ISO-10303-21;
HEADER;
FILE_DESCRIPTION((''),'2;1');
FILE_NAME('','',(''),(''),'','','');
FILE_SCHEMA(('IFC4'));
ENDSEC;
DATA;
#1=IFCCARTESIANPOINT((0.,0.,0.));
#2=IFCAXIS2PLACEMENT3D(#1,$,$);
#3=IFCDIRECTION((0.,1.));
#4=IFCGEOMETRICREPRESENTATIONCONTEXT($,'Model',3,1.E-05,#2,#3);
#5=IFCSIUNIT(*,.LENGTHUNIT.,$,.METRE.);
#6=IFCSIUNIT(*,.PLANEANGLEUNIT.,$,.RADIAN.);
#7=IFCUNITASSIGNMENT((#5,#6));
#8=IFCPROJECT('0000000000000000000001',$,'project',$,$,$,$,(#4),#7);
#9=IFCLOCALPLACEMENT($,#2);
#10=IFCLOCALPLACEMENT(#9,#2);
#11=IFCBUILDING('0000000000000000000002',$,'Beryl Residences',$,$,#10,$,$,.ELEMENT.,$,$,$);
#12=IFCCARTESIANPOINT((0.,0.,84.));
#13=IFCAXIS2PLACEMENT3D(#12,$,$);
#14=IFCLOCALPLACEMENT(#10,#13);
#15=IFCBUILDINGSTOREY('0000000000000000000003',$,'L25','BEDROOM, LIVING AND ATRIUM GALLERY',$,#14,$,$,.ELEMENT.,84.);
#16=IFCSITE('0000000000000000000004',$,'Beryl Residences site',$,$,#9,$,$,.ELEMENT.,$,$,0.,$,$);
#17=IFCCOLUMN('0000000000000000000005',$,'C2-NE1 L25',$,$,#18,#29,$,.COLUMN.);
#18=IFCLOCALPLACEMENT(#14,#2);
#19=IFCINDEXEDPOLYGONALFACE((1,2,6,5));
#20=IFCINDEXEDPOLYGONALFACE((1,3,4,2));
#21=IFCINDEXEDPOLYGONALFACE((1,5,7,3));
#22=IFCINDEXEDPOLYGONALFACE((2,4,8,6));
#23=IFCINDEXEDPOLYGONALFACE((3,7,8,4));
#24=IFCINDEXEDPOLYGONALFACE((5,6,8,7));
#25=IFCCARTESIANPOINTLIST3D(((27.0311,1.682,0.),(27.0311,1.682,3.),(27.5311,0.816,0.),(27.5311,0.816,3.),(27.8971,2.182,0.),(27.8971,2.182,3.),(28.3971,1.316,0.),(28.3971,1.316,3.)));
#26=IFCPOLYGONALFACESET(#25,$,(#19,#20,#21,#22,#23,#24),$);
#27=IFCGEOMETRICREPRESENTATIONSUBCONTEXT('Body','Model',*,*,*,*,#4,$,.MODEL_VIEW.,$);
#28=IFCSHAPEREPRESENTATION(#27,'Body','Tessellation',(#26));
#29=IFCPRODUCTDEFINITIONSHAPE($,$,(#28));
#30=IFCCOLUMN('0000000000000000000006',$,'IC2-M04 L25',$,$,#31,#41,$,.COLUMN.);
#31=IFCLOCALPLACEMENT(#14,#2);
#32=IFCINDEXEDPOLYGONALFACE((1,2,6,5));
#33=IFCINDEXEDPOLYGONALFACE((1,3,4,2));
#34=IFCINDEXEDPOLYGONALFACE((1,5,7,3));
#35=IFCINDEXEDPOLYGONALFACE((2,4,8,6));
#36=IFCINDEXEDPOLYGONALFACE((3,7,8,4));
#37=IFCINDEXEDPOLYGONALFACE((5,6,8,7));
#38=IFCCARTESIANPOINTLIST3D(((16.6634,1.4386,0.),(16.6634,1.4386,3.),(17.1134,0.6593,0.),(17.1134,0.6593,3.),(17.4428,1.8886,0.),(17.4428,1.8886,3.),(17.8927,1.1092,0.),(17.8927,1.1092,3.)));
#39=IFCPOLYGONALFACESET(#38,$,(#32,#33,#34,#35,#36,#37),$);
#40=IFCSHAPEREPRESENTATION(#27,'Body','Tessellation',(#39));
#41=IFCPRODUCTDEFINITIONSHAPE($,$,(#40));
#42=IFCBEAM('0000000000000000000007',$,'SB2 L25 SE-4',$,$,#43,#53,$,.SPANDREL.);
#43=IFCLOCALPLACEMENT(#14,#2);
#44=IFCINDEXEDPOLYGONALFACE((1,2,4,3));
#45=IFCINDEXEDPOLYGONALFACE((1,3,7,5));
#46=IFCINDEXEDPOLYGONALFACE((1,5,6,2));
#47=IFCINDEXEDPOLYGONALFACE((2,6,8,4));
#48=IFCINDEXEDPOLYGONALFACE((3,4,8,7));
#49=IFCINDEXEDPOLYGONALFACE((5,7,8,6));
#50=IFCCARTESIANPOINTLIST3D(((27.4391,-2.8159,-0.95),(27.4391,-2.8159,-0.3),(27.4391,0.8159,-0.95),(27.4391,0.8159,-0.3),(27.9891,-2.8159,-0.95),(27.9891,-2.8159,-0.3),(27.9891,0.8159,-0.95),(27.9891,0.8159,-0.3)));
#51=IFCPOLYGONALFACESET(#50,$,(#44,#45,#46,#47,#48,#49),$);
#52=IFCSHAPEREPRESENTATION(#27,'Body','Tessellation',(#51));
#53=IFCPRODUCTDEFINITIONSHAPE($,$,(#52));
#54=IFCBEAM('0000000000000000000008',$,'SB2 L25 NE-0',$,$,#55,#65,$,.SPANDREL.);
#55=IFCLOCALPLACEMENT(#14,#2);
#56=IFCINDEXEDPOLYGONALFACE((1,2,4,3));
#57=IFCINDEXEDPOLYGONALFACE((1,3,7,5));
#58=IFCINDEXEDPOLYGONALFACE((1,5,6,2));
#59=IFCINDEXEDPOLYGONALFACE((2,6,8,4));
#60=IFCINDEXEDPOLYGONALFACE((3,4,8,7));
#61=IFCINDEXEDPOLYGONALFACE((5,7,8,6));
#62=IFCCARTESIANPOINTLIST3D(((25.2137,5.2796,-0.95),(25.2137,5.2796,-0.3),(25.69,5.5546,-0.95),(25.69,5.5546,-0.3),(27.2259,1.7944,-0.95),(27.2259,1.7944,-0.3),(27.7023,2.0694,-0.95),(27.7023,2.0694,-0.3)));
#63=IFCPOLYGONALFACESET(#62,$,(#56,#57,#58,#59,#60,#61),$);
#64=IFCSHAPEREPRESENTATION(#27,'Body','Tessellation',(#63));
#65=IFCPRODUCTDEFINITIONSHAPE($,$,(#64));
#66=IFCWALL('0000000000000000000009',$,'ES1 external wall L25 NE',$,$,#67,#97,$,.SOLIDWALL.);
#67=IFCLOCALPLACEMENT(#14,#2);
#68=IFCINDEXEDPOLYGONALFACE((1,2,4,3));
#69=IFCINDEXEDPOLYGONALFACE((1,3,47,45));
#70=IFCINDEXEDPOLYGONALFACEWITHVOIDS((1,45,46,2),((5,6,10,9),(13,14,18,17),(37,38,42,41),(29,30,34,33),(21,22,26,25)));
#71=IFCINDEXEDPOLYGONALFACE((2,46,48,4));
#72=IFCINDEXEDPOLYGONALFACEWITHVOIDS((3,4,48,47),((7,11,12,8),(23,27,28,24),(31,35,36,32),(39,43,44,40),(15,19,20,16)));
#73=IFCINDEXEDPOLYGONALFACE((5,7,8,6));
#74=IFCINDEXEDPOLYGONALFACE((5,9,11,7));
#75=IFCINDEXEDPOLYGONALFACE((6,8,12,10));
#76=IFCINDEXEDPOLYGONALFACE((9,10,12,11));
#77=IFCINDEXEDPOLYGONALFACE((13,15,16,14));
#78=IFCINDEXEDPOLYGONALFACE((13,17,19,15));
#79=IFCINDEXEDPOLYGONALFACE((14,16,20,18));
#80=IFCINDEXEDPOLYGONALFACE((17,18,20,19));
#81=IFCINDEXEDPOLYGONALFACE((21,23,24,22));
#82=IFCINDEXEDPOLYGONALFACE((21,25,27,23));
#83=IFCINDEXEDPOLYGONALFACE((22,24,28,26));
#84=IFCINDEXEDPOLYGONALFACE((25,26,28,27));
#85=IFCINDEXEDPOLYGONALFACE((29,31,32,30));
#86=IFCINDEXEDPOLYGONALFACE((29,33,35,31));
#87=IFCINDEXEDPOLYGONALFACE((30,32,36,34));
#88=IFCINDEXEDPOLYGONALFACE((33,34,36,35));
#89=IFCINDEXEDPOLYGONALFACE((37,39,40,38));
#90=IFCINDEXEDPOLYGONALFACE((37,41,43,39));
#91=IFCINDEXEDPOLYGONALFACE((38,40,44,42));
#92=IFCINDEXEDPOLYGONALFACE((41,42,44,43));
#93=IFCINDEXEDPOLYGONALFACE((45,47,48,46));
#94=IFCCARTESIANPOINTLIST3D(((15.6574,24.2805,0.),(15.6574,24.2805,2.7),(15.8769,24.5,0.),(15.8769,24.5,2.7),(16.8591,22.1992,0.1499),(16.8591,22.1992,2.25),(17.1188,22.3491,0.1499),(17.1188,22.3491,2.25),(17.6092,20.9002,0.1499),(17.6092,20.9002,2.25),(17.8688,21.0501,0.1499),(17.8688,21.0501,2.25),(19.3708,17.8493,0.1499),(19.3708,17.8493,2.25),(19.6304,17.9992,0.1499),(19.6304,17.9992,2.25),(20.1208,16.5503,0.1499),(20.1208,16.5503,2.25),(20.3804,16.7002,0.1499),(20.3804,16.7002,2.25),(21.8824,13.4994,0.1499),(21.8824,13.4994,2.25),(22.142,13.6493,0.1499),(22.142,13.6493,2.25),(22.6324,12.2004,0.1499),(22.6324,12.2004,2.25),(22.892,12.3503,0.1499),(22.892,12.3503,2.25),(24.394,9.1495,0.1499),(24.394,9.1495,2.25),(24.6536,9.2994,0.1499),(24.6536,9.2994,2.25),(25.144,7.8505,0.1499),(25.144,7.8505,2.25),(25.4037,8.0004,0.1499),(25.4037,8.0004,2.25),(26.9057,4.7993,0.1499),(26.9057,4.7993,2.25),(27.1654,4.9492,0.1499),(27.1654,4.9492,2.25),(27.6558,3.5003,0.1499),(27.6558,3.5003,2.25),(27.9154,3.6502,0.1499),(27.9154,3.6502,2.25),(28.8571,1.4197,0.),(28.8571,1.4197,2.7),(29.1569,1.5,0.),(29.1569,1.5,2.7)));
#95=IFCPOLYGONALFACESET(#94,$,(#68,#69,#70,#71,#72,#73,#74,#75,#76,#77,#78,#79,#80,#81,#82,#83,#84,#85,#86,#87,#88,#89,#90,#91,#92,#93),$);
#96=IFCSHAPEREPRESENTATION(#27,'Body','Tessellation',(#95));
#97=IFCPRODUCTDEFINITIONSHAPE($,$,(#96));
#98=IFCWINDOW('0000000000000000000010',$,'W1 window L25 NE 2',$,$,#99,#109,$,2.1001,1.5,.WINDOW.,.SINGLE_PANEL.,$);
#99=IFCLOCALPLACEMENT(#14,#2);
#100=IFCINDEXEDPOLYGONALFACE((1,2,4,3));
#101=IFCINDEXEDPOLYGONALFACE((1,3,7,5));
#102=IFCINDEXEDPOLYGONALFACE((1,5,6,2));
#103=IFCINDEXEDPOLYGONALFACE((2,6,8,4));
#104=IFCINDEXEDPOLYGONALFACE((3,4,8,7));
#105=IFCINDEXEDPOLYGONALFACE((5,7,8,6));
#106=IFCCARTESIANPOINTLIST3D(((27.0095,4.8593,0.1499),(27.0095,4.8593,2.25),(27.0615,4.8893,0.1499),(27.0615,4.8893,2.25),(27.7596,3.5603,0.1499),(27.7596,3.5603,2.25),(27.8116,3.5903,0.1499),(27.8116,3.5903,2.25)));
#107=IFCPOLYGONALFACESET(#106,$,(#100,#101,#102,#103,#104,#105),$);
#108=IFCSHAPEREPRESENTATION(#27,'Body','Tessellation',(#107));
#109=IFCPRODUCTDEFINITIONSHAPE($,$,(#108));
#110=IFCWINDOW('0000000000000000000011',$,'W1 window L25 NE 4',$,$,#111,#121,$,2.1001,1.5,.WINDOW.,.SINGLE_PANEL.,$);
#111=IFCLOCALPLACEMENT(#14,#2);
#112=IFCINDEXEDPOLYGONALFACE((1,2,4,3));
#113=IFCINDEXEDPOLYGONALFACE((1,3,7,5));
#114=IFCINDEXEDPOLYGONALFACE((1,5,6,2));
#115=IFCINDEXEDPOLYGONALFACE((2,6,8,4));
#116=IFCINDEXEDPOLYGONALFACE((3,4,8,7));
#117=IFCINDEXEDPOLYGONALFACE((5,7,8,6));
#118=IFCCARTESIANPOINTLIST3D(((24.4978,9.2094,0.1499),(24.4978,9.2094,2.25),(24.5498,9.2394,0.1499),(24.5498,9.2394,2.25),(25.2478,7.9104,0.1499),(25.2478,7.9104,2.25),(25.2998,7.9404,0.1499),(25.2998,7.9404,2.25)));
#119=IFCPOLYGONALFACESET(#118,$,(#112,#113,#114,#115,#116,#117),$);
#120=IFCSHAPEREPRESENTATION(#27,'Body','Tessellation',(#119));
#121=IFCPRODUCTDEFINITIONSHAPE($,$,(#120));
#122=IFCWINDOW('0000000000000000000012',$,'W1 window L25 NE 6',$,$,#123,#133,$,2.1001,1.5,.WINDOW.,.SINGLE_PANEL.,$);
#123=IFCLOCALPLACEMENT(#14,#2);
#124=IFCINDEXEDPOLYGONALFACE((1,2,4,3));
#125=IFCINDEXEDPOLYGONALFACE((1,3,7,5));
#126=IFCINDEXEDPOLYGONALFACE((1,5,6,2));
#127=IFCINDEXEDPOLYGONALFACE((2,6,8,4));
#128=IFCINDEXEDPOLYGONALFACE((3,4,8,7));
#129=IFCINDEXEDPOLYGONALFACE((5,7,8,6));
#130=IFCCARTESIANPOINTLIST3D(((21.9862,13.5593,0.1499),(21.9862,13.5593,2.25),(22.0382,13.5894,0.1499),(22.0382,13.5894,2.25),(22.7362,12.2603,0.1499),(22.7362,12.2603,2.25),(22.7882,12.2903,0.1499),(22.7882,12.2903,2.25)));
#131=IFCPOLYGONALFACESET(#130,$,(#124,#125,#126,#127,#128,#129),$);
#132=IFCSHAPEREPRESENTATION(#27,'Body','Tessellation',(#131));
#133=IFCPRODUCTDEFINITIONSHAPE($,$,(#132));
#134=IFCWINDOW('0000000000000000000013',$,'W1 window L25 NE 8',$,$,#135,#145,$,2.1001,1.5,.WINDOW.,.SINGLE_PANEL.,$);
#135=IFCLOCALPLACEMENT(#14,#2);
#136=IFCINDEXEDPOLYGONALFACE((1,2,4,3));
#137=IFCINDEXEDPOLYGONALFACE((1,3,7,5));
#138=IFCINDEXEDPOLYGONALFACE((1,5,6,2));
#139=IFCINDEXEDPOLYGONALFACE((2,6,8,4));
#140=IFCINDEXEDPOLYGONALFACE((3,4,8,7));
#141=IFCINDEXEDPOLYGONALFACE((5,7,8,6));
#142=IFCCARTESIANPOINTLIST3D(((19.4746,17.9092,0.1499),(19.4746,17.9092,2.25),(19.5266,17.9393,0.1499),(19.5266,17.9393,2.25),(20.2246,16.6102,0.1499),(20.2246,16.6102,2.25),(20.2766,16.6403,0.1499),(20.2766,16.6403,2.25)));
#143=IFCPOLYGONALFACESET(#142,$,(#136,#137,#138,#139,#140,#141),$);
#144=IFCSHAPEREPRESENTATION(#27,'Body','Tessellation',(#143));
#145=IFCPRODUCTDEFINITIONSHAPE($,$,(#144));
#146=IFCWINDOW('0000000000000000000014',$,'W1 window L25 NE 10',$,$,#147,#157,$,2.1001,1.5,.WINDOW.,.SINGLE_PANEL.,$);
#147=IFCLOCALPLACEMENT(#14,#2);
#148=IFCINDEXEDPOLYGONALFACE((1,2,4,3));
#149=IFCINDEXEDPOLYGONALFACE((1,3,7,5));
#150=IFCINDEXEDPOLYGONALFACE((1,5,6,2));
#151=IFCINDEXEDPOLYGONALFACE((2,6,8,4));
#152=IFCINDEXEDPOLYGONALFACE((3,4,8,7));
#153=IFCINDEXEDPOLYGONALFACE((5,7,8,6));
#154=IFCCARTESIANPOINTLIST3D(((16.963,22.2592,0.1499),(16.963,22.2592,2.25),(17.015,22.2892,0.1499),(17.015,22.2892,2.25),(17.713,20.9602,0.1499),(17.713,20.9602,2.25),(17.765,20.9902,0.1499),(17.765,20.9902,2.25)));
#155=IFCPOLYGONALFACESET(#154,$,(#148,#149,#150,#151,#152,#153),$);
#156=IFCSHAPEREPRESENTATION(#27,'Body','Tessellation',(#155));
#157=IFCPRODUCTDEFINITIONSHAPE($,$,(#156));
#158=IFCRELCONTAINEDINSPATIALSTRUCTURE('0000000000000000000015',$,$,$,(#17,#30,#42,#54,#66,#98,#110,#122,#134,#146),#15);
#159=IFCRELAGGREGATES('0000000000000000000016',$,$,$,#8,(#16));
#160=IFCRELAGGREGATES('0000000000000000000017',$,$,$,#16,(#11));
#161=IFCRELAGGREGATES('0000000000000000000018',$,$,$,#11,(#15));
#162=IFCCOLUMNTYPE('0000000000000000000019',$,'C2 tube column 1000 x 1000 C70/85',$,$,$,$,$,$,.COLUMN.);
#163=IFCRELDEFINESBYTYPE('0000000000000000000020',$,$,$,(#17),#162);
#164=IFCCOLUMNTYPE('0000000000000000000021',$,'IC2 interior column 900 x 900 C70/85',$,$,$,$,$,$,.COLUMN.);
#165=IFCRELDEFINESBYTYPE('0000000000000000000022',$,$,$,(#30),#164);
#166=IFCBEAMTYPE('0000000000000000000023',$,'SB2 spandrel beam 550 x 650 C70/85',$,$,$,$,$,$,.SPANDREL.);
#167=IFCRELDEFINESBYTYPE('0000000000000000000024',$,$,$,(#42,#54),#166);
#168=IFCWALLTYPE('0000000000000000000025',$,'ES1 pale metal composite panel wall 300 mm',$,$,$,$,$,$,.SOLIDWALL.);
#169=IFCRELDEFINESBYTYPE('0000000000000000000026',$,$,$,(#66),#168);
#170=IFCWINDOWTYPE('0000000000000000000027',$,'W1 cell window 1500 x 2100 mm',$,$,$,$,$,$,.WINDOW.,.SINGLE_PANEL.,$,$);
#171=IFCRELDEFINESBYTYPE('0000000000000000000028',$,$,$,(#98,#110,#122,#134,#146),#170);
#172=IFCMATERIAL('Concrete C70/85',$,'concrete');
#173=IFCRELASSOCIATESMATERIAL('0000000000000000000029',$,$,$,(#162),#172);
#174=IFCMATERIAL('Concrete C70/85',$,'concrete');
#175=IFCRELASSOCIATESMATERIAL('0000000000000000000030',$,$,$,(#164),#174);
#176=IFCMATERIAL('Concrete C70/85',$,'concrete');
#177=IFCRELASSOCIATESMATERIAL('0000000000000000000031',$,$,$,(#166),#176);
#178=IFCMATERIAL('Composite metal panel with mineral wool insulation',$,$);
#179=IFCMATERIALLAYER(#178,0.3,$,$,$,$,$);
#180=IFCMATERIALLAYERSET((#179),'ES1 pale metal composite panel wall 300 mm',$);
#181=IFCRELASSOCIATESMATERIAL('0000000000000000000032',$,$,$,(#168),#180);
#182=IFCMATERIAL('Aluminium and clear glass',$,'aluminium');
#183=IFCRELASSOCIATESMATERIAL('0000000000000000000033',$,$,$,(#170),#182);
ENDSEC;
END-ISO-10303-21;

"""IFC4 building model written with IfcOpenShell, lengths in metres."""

from ifc_helpers import new_model, si_unit, direction, frame, frame_2d, origin, origin_2d, place, context, subcontext, project, spatial, polyline, rectangle, outline, extrude, material, layer, layer_set, material_profile, profile_set, type_object, element, fill, save


model = new_model("IFC4")

# Units and contexts
model_context = context("Model", 3, precision=1e-05, world=origin(), true_north=direction((0.0, 1.0)))
body_context = subcontext(model_context, "Body", "Model", "MODEL_VIEW")
ifc_project = project(units=[si_unit("LENGTHUNIT", "METRE"), si_unit("PLANEANGLEUNIT", "RADIAN")], contexts=[model_context])

# Site, building, storey
site_placement = place(None, origin())
site = spatial("IfcSite", under=ifc_project, at=site_placement, Name="Beryl Residences site", CompositionType="ELEMENT", RefElevation=0.0)
building_placement = place(site_placement, origin())
building = spatial("IfcBuilding", under=site, at=building_placement, Name="Beryl Residences", CompositionType="ELEMENT")
storey_placement = place(building_placement, frame((0.0, 0.0, 84.0)))
storey = spatial("IfcBuildingStorey", under=building, at=storey_placement, Name="L25", Description="BEDROOM, LIVING AND ATRIUM GALLERY", CompositionType="ELEMENT", Elevation=84.0)

# Columns
ifc_material_1 = material(Name="Concrete C70/85", Category="concrete")
ifc_material_profile_1 = material_profile(ifc_material_1, rectangle(XDim=1.0, YDim=1.0, at=origin_2d()))
ifc_profile_set_1 = profile_set([ifc_material_profile_1], Name="Concrete C70/85")
column_type_1 = type_object("IfcColumnType", Name="C2 tube column 1000 x 1000 C70/85", PredefinedType="COLUMN", material=ifc_profile_set_1)
column_1_placement = place(storey_placement, frame((27.7141, 1.499, 0.0), z_axis=(0.0, 0.0, 1.0), x_axis=(-0.5, 0.866025, 0.0)))
element("IfcColumn", 1, at=column_1_placement, inside=storey, type_object=column_type_1, Name="C2-NE1 L25", PredefinedType="COLUMN", context=body_context, shape_type="SweptSolid", body=[
    extrude(rectangle(XDim=1.0, YDim=1.0, at=origin_2d()), origin(), (0.0, 0.0, 1.0), 3.0),
])
ifc_material_2 = material(Name="Concrete C70/85", Category="concrete")
ifc_material_profile_2 = material_profile(ifc_material_2, rectangle(XDim=0.8999, YDim=0.8999, at=origin_2d()))
ifc_profile_set_2 = profile_set([ifc_material_profile_2], Name="Concrete C70/85")
column_type_2 = type_object("IfcColumnType", Name="IC2 interior column 900 x 900 C70/85", PredefinedType="COLUMN", material=ifc_profile_set_2)
column_2_placement = place(storey_placement, frame((17.2781, 1.2739, 0.0), z_axis=(0.0, 0.0, 1.0), x_axis=(-0.5, 0.866025, 0.0)))
element("IfcColumn", 2, at=column_2_placement, inside=storey, type_object=column_type_2, Name="IC2-M04 L25", PredefinedType="COLUMN", context=body_context, shape_type="SweptSolid", body=[
    extrude(rectangle(XDim=0.8999, YDim=0.8999, at=origin_2d()), origin(), (0.0, 0.0, 1.0), 3.0),
])

# Beams
ifc_material_3 = material(Name="Concrete C70/85", Category="concrete")
ifc_material_profile_3 = material_profile(ifc_material_3, rectangle(XDim=0.55, YDim=0.6499, at=origin_2d()))
ifc_profile_set_3 = profile_set([ifc_material_profile_3], Name="Concrete C70/85")
beam_type = type_object("IfcBeamType", Name="SB2 spandrel beam 550 x 650 C70/85", PredefinedType="SPANDREL", material=ifc_profile_set_3)
beam_1_placement = place(storey_placement, frame((27.7141, -2.8159, -0.625), z_axis=(0.0, 1.0, 0.0), x_axis=(-1.0, 0.0, 0.0)))
element("IfcBeam", 3, at=beam_1_placement, inside=storey, type_object=beam_type, Name="SB2 L25 SE-4", PredefinedType="SPANDREL", context=body_context, shape_type="SweptSolid", body=[
    extrude(rectangle(XDim=0.55, YDim=0.6499, at=origin_2d()), origin(), (0.0, 0.0, 1.0), 3.6318),
])
beam_2_placement = place(storey_placement, frame((27.4641, 1.9319, -0.625), z_axis=(-0.500015, 0.866017, 0.0), x_axis=(-0.866017, -0.500015, 0.0)))
element("IfcBeam", 4, at=beam_2_placement, inside=storey, type_object=beam_type, Name="SB2 L25 NE-0", PredefinedType="SPANDREL", context=body_context, shape_type="SweptSolid", body=[
    extrude(rectangle(XDim=0.55, YDim=0.6499, at=origin_2d()), origin(), (0.0, 0.0, 1.0), 4.0244),
])

# Wall, openings, windows
ifc_material_4 = material(Name="Composite metal panel with mineral wool insulation")
ifc_layer_1 = layer(ifc_material_4, 0.3)
ifc_layer_set_1 = layer_set([ifc_layer_1], Name="ES1 pale metal composite panel wall 300 mm")
wall_type_1 = type_object("IfcWallType", Name="ES1 pale metal composite panel wall 300 mm", PredefinedType="SOLIDWALL", material=ifc_layer_set_1)
wall_1_placement = place(storey_placement, frame((29.0271, 1.425, 0.0), z_axis=(0.0, 0.0, 1.0), x_axis=(-0.500027, 0.86601, 0.0)))
wall_1 = element("IfcWall", 5, at=wall_1_placement, inside=storey, type_object=wall_type_1, Name="ES1 external wall L25 NE", PredefinedType="SOLIDWALL", context=body_context, shape_type="SweptSolid", body=[
    extrude(outline(polyline([(0.0, -0.1499), (26.5586, -0.1499), (26.4783, 0.1499), (0.0803, 0.1499), (0.0, -0.1499)])), origin(), (0.0, 0.0, 1.0), 2.7),
])
opening_1_placement = place(wall_1_placement, frame((2.4829, 0.0, 0.1499)))
opening_1 = element("IfcOpeningElement", 6, at=opening_1_placement, cuts=wall_1, PredefinedType="OPENING", context=body_context, shape_type="SweptSolid", body=[
    extrude(rectangle(XDim=1.5, YDim=2.1001, at=frame_2d((0.75, 1.05))), frame((0.0, 0.1599, 0.0), z_axis=(0.0, -1.0, 0.0), x_axis=(1.0, 0.0, 0.0)), (0.0, 0.0, 1.0), 0.3201),
])
opening_2_placement = place(wall_1_placement, frame((7.5061, 0.0, 0.1499)))
opening_2 = element("IfcOpeningElement", 7, at=opening_2_placement, cuts=wall_1, PredefinedType="OPENING", context=body_context, shape_type="SweptSolid", body=[
    extrude(rectangle(XDim=1.5, YDim=2.1001, at=frame_2d((0.75, 1.05))), frame((0.0, 0.1599, 0.0), z_axis=(0.0, -1.0, 0.0), x_axis=(1.0, 0.0, 0.0)), (0.0, 0.0, 1.0), 0.3201),
])
opening_3_placement = place(wall_1_placement, frame((12.5291, 0.0, 0.1499)))
opening_3 = element("IfcOpeningElement", 8, at=opening_3_placement, cuts=wall_1, PredefinedType="OPENING", context=body_context, shape_type="SweptSolid", body=[
    extrude(rectangle(XDim=1.5, YDim=2.1001, at=frame_2d((0.75, 1.05))), frame((0.0, 0.1599, 0.0), z_axis=(0.0, -1.0, 0.0), x_axis=(1.0, 0.0, 0.0)), (0.0, 0.0, 1.0), 0.3201),
])
opening_4_placement = place(wall_1_placement, frame((17.552, 0.0, 0.1499)))
opening_4 = element("IfcOpeningElement", 9, at=opening_4_placement, cuts=wall_1, PredefinedType="OPENING", context=body_context, shape_type="SweptSolid", body=[
    extrude(rectangle(XDim=1.5, YDim=2.1001, at=frame_2d((0.75, 1.05))), frame((0.0, 0.1599, 0.0), z_axis=(0.0, -1.0, 0.0), x_axis=(1.0, 0.0, 0.0)), (0.0, 0.0, 1.0), 0.3201),
])
opening_5_placement = place(wall_1_placement, frame((22.575, 0.0, 0.1499)))
opening_5 = element("IfcOpeningElement", 10, at=opening_5_placement, cuts=wall_1, PredefinedType="OPENING", context=body_context, shape_type="SweptSolid", body=[
    extrude(rectangle(XDim=1.5, YDim=2.1001, at=frame_2d((0.75, 1.05))), frame((0.0, 0.1599, 0.0), z_axis=(0.0, -1.0, 0.0), x_axis=(1.0, 0.0, 0.0)), (0.0, 0.0, 1.0), 0.3201),
])
ifc_material_5 = material(Name="Aluminium and clear glass", Category="aluminium")
window_type = type_object("IfcWindowType", Name="W1 cell window 1500 x 2100 mm", PartitioningType="SINGLE_PANEL", PredefinedType="WINDOW", material=ifc_material_5)
window_1_placement = place(opening_1_placement, origin())
window_1 = element("IfcWindow", 11, at=window_1_placement, inside=storey, type_object=window_type, Name="W1 window L25 NE 2", OverallHeight=2.1001, OverallWidth=1.5, PartitioningType="SINGLE_PANEL", PredefinedType="WINDOW", context=body_context, shape_type="SweptSolid", body=[
    extrude(rectangle(XDim=1.5, YDim=2.1001, at=frame_2d((0.75, 1.05))), frame((0.0, 0.03, 0.0), z_axis=(0.0, -1.0, 0.0), x_axis=(1.0, 0.0, 0.0)), (0.0, 0.0, 1.0), 0.0601),
])
fill(opening_1, window_1)
window_2_placement = place(opening_2_placement, origin())
window_2 = element("IfcWindow", 12, at=window_2_placement, inside=storey, type_object=window_type, Name="W1 window L25 NE 4", OverallHeight=2.1001, OverallWidth=1.5, PartitioningType="SINGLE_PANEL", PredefinedType="WINDOW", context=body_context, shape_type="SweptSolid", body=[
    extrude(rectangle(XDim=1.5, YDim=2.1001, at=frame_2d((0.75, 1.05))), frame((0.0, 0.03, 0.0), z_axis=(0.0, -1.0, 0.0), x_axis=(1.0, 0.0, 0.0)), (0.0, 0.0, 1.0), 0.0601),
])
fill(opening_2, window_2)
window_3_placement = place(opening_3_placement, origin())
window_3 = element("IfcWindow", 13, at=window_3_placement, inside=storey, type_object=window_type, Name="W1 window L25 NE 6", OverallHeight=2.1001, OverallWidth=1.5, PartitioningType="SINGLE_PANEL", PredefinedType="WINDOW", context=body_context, shape_type="SweptSolid", body=[
    extrude(rectangle(XDim=1.5, YDim=2.1001, at=frame_2d((0.75, 1.05))), frame((0.0, 0.03, 0.0), z_axis=(0.0, -1.0, 0.0), x_axis=(1.0, 0.0, 0.0)), (0.0, 0.0, 1.0), 0.0601),
])
fill(opening_3, window_3)
window_4_placement = place(opening_4_placement, origin())
window_4 = element("IfcWindow", 14, at=window_4_placement, inside=storey, type_object=window_type, Name="W1 window L25 NE 8", OverallHeight=2.1001, OverallWidth=1.5, PartitioningType="SINGLE_PANEL", PredefinedType="WINDOW", context=body_context, shape_type="SweptSolid", body=[
    extrude(rectangle(XDim=1.5, YDim=2.1001, at=frame_2d((0.75, 1.05))), frame((0.0, 0.03, 0.0), z_axis=(0.0, -1.0, 0.0), x_axis=(1.0, 0.0, 0.0)), (0.0, 0.0, 1.0), 0.0601),
])
fill(opening_4, window_4)
window_5_placement = place(opening_5_placement, origin())
window_5 = element("IfcWindow", 15, at=window_5_placement, inside=storey, type_object=window_type, Name="W1 window L25 NE 10", OverallHeight=2.1001, OverallWidth=1.5, PartitioningType="SINGLE_PANEL", PredefinedType="WINDOW", context=body_context, shape_type="SweptSolid", body=[
    extrude(rectangle(XDim=1.5, YDim=2.1001, at=frame_2d((0.75, 1.05))), frame((0.0, 0.03, 0.0), z_axis=(0.0, -1.0, 0.0), x_axis=(1.0, 0.0, 0.0)), (0.0, 0.0, 1.0), 0.0601),
])
fill(opening_5, window_5)

save(model, "model.ifc")
